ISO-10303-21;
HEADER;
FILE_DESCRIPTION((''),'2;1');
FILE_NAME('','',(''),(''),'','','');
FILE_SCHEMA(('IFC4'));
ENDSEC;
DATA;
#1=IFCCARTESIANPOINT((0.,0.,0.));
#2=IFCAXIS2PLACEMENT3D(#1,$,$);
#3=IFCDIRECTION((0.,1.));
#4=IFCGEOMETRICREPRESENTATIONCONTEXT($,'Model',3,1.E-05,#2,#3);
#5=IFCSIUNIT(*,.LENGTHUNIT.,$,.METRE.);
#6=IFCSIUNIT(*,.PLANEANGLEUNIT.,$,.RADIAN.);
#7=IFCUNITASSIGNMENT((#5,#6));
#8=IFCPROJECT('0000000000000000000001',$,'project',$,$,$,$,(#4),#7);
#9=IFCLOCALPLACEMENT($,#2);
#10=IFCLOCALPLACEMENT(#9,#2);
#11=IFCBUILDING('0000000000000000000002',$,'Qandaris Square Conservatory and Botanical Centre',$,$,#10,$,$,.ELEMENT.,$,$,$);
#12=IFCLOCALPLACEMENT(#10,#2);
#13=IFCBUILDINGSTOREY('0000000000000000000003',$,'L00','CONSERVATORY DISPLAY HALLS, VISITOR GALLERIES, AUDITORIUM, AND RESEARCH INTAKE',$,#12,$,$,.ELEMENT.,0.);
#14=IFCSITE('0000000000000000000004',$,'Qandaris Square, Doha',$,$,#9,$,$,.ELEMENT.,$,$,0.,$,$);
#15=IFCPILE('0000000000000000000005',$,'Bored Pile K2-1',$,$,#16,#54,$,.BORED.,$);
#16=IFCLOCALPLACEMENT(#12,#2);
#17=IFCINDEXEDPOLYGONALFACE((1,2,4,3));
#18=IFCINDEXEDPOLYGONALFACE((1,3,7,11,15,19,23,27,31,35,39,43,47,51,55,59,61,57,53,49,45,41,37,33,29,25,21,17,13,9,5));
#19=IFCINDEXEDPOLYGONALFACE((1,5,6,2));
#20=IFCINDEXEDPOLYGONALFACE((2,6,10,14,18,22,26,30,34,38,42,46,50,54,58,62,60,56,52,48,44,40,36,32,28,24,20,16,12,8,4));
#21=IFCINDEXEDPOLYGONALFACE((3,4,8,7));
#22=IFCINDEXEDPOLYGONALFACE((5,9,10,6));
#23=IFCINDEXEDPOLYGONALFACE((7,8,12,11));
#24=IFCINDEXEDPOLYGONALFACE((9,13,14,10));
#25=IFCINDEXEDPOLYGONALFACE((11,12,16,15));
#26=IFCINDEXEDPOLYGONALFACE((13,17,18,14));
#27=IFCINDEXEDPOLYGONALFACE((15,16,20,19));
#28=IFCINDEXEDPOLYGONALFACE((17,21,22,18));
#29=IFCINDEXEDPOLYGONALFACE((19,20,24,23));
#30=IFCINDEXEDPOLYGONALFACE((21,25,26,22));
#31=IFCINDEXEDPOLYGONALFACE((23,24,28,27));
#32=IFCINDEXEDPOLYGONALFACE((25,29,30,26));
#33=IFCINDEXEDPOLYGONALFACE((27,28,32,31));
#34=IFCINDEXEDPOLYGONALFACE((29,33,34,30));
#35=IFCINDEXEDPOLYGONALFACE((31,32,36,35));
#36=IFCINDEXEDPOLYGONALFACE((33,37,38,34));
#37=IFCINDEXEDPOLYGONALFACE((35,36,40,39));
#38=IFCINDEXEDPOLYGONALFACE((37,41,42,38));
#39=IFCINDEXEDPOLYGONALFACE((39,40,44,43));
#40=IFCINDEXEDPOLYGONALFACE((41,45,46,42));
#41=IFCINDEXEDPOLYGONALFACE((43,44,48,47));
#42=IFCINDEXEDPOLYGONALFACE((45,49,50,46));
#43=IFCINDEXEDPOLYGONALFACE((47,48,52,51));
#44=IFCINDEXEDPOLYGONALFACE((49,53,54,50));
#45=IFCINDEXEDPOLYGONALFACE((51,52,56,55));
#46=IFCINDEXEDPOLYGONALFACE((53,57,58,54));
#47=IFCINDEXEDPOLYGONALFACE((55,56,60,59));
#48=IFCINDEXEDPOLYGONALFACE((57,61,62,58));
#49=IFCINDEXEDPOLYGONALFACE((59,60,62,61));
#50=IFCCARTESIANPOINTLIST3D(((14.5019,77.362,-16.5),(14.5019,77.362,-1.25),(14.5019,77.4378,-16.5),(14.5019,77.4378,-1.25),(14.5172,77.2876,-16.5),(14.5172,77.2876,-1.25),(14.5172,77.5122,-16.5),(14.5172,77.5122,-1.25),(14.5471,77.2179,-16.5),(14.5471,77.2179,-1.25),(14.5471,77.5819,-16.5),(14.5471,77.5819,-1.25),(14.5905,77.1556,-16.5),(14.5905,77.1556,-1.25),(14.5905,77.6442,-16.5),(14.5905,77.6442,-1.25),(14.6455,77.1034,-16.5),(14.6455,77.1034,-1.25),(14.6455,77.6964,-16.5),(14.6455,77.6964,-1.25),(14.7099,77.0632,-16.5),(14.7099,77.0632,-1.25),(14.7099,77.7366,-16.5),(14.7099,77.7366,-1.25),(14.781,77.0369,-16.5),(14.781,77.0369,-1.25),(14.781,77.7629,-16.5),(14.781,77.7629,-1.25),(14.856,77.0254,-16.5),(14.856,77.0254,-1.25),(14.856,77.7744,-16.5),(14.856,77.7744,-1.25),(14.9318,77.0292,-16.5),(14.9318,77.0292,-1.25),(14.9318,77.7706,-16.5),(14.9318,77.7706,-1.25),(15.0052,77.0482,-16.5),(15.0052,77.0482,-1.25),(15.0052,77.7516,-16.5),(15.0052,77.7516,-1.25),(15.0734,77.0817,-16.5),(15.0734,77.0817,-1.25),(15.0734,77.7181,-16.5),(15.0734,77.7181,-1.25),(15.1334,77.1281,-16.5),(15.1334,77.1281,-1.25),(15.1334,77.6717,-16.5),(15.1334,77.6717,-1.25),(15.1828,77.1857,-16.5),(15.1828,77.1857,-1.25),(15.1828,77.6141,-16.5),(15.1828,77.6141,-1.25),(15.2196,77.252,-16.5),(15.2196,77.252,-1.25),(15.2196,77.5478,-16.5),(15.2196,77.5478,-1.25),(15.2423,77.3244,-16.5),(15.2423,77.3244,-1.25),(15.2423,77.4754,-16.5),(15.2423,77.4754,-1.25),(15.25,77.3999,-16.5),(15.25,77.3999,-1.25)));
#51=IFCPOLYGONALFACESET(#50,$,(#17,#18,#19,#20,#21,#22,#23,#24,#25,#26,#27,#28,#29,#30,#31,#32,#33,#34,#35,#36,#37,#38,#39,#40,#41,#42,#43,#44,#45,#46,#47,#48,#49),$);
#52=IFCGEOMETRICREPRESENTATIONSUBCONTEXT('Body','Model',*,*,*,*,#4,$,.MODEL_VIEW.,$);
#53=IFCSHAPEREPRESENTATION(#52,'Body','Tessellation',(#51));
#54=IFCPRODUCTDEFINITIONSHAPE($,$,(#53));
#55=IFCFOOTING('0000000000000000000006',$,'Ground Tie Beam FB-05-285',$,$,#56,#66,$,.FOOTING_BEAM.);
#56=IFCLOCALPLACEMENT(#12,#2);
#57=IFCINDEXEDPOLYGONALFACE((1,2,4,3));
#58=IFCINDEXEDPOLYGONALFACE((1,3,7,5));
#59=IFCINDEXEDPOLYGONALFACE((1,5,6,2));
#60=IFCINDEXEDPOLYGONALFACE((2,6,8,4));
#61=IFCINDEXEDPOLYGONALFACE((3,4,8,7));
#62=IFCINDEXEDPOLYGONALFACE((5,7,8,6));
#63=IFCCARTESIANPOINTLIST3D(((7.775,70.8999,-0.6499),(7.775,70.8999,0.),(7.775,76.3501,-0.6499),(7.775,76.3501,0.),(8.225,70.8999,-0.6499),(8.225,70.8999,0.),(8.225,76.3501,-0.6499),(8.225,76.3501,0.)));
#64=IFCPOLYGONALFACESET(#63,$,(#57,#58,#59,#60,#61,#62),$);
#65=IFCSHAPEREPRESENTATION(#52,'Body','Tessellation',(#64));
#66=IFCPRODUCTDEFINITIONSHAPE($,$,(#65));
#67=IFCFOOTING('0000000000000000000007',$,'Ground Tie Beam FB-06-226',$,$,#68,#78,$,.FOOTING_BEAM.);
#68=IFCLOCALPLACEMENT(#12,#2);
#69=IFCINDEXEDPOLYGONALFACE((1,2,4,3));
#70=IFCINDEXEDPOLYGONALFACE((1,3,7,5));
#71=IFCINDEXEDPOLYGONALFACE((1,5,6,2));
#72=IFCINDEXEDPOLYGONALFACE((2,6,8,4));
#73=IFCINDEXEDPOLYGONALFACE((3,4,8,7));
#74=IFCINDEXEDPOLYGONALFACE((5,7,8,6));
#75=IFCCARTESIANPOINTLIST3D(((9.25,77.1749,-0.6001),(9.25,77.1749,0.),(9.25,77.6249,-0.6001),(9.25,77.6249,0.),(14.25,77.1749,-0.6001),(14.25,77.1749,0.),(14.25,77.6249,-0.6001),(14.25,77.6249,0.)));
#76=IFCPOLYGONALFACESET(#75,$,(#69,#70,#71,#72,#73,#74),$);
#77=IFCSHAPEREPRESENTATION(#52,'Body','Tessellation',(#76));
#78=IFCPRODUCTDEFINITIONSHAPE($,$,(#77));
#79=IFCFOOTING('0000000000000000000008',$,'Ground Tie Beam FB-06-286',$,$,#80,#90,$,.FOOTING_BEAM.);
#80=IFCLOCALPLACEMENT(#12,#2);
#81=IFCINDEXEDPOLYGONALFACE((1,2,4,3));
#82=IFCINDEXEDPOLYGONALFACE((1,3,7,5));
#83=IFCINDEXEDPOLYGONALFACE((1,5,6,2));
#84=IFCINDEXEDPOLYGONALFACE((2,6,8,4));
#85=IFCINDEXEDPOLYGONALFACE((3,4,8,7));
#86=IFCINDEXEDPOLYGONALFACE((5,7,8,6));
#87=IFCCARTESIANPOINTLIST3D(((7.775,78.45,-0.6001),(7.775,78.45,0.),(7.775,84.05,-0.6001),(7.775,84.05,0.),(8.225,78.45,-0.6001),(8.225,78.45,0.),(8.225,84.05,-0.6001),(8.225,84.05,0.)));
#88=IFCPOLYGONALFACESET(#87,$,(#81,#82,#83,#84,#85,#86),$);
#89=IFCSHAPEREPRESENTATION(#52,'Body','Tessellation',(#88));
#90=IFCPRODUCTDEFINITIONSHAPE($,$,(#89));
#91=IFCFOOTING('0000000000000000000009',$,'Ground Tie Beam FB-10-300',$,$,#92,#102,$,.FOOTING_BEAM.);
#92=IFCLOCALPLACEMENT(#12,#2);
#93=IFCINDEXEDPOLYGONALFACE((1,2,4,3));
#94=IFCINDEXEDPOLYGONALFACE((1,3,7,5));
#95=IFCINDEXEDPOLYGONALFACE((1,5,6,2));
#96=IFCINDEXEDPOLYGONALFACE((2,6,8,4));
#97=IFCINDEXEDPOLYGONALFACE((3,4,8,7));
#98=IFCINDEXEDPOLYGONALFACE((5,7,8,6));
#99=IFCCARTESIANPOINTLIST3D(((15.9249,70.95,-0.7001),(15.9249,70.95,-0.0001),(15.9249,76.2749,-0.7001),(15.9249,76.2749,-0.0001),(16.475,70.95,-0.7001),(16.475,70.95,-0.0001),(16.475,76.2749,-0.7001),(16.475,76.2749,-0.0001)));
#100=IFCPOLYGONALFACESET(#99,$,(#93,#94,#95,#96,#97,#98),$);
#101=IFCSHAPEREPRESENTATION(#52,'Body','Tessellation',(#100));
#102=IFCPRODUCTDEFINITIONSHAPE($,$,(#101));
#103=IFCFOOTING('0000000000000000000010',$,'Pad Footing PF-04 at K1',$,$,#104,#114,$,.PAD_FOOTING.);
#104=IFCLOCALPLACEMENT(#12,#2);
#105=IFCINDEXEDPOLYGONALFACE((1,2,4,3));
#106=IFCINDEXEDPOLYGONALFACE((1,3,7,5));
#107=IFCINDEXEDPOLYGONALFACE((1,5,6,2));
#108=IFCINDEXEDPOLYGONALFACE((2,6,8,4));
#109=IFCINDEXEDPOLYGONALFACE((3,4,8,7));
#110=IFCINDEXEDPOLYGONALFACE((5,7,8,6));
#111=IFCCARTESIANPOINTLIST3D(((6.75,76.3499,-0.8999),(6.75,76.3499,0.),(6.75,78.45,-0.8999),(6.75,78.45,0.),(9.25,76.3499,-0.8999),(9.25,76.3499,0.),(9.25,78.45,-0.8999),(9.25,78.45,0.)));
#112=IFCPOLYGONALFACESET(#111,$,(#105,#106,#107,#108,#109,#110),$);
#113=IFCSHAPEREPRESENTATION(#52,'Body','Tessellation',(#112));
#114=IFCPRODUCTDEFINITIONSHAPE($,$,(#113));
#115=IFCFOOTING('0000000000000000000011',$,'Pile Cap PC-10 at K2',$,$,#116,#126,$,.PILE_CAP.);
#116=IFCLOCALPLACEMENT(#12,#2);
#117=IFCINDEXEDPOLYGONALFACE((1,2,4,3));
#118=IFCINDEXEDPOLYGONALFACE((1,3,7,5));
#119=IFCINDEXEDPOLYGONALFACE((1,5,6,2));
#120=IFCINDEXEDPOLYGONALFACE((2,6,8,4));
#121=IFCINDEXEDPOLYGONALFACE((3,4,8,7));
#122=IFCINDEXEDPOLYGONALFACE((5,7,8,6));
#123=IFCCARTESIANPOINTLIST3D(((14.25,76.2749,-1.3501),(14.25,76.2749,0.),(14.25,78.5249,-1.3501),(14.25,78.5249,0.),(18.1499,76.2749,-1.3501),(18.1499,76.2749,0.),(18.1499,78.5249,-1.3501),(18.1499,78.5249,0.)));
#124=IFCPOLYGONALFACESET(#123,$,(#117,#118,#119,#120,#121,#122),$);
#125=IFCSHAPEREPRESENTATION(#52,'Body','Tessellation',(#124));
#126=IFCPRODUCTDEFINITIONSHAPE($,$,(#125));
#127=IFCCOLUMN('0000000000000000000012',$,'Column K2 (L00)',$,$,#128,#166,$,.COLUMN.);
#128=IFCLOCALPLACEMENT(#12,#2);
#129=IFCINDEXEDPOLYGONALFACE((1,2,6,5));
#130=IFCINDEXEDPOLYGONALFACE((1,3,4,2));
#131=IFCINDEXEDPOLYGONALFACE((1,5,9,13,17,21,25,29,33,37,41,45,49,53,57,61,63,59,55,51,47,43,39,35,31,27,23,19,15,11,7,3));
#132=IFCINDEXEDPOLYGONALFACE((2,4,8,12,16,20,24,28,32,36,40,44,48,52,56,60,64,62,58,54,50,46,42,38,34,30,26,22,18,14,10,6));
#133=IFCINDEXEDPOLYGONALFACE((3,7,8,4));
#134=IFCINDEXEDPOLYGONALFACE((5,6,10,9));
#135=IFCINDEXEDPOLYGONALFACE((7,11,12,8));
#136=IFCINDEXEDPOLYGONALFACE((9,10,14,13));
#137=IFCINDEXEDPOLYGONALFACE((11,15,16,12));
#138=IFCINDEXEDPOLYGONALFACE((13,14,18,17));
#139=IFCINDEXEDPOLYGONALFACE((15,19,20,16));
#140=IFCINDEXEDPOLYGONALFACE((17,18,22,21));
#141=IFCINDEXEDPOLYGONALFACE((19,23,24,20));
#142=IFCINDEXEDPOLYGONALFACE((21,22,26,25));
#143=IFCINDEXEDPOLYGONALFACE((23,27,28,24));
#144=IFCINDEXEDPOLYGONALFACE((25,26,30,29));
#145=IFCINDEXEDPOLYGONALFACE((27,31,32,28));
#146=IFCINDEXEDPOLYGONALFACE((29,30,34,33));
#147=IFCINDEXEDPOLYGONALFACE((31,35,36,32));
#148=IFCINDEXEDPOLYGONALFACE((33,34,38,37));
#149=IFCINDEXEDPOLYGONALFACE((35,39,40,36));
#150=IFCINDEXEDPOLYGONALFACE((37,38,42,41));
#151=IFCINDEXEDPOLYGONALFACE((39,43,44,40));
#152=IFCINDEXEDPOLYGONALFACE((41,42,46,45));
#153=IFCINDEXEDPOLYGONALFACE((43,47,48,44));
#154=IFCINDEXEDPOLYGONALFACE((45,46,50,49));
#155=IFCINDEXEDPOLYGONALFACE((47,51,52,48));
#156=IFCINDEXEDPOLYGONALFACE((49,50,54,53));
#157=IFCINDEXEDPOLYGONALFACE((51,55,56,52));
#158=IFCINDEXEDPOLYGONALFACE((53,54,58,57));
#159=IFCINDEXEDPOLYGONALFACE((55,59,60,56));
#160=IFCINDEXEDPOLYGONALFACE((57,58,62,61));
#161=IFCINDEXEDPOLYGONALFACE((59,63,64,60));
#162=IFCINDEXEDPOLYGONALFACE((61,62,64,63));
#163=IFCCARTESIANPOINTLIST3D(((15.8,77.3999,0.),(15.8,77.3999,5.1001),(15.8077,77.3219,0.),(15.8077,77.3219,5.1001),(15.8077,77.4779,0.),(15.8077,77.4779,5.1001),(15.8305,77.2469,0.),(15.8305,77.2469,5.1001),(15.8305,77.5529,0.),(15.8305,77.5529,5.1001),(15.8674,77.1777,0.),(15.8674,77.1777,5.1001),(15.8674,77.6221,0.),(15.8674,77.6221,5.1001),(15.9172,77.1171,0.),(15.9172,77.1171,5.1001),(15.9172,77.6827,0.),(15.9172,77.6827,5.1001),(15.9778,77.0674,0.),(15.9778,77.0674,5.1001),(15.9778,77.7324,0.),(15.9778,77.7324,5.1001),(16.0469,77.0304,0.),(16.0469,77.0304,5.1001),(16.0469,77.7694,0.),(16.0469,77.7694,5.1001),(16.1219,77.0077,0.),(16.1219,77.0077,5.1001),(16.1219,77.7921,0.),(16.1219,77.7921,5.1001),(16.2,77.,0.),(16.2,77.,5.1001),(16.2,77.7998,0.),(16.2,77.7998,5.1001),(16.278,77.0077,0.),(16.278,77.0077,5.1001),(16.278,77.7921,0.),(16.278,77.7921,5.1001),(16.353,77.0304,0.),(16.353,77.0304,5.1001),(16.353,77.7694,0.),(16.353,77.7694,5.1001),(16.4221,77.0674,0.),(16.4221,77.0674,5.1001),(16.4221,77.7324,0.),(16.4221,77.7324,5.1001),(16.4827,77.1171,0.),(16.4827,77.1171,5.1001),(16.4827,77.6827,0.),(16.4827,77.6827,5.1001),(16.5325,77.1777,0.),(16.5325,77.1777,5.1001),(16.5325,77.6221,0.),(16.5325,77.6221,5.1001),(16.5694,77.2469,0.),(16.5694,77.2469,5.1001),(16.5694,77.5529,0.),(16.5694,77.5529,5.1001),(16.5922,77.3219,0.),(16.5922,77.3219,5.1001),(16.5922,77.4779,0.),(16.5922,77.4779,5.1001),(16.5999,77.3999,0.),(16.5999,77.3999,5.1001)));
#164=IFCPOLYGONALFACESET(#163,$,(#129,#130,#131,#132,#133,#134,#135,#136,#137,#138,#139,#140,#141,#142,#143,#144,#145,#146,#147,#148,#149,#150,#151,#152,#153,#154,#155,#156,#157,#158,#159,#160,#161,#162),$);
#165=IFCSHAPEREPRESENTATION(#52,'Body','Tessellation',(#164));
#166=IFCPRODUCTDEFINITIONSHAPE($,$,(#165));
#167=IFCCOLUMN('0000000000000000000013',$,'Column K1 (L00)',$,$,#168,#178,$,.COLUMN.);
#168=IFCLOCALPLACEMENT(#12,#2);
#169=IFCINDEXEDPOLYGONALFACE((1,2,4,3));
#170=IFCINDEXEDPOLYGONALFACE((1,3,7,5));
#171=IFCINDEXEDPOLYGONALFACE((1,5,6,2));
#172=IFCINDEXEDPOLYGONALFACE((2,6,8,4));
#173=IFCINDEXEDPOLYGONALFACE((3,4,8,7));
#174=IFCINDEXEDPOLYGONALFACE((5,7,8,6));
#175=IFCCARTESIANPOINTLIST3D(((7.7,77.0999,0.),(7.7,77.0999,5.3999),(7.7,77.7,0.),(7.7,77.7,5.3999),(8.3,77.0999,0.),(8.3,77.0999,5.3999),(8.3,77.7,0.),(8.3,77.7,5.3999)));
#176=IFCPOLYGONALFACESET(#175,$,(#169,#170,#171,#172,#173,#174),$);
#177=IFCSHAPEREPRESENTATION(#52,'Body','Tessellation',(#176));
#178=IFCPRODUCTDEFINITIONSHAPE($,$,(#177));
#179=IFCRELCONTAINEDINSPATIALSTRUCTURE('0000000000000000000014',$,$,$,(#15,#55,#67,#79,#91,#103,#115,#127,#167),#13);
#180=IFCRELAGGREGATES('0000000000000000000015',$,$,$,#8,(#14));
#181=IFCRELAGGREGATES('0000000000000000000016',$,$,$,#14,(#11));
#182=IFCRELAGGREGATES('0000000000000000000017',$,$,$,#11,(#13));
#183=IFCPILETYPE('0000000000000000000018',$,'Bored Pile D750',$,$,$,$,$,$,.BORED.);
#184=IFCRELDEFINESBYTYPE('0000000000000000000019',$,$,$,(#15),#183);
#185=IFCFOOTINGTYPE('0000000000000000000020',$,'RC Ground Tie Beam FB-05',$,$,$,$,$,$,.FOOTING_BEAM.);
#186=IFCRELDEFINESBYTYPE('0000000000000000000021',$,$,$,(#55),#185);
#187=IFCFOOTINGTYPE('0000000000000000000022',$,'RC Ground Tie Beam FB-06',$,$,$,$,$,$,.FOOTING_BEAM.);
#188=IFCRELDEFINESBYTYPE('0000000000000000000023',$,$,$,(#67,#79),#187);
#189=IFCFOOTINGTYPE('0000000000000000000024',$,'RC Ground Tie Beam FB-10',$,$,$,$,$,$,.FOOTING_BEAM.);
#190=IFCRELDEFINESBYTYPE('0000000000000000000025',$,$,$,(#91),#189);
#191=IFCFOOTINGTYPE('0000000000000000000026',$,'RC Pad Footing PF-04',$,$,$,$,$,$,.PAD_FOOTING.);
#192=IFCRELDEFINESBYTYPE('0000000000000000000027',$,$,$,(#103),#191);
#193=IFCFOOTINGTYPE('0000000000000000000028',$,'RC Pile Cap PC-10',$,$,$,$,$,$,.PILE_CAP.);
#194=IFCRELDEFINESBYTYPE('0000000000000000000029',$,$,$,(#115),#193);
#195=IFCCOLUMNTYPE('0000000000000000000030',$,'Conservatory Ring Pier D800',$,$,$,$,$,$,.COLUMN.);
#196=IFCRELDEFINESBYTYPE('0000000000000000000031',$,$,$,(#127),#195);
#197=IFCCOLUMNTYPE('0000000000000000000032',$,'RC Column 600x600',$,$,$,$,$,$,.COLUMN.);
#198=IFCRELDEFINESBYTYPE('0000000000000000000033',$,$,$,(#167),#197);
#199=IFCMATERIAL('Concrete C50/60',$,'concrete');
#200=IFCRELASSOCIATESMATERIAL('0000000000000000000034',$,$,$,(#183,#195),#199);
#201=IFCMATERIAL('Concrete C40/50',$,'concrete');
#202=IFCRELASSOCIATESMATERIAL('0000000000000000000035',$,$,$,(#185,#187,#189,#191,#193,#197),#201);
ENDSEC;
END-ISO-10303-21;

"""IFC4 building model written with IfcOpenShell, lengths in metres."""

from ifc_helpers import new_model, si_unit, direction, frame, origin, origin_2d, place, context, subcontext, project, spatial, rectangle, circle, extrude, material, material_profile, profile_set, type_object, element, save


model = new_model("IFC4")

# Units and contexts
model_context = context("Model", 3, precision=1e-05, world=origin(), true_north=direction((0.0, 1.0)))
body_context = subcontext(model_context, "Body", "Model", "MODEL_VIEW")
ifc_project = project(units=[si_unit("LENGTHUNIT", "METRE"), si_unit("PLANEANGLEUNIT", "RADIAN")], contexts=[model_context])

# Site, building, storey
site_placement = place(None, origin())
site = spatial("IfcSite", under=ifc_project, at=site_placement, Name="Qandaris Square, Doha", CompositionType="ELEMENT", RefElevation=0.0)
building_placement = place(site_placement, origin())
building = spatial("IfcBuilding", under=site, at=building_placement, Name="Qandaris Square Conservatory and Botanical Centre", CompositionType="ELEMENT")
storey_placement = place(building_placement, origin())
storey = spatial("IfcBuildingStorey", under=building, at=storey_placement, Name="L00", Description="CONSERVATORY DISPLAY HALLS, VISITOR GALLERIES, AUDITORIUM, AND RESEARCH INTAKE", CompositionType="ELEMENT", Elevation=0.0)

# Pile
ifc_material_1 = material(Name="Concrete C50/60", Category="concrete")
ifc_material_profile_1 = material_profile(ifc_material_1, circle(Radius=0.375, at=origin_2d()), Name="PILE D750")
ifc_profile_set_1 = profile_set([ifc_material_profile_1], Name="Concrete C50/60")
pile_type = type_object("IfcPileType", Name="Bored Pile D750", PredefinedType="BORED", material=ifc_profile_set_1)
pile_placement = place(storey_placement, frame((14.875, 77.3999, -1.25), z_axis=(0.0, 0.0, -1.0), x_axis=(1.0, 0.0, 0.0)))
element("IfcPile", 1, at=pile_placement, inside=storey, type_object=pile_type, Name="Bored Pile K2-1", PredefinedType="BORED", context=body_context, shape_type="SweptSolid", body=[
    extrude(circle(Radius=0.375, at=origin_2d()), origin(), (0.0, 0.0, 1.0), 15.25),
])

# Footings
ifc_material_2 = material(Name="Concrete C40/50", Category="concrete")
ifc_material_profile_2 = material_profile(ifc_material_2, rectangle(XDim=0.45, YDim=0.6499, at=origin_2d()), Name="FB 450x650")
ifc_profile_set_2 = profile_set([ifc_material_profile_2], Name="Concrete C40/50")
footing_type_1 = type_object("IfcFootingType", Name="RC Ground Tie Beam FB-05", PredefinedType="FOOTING_BEAM", material=ifc_profile_set_2)
footing_1_placement = place(storey_placement, frame((8.0, 70.8999, -0.325), z_axis=(0.0, 1.0, 0.0), x_axis=(-1.0, 0.0, 0.0)))
element("IfcFooting", 2, at=footing_1_placement, inside=storey, type_object=footing_type_1, Name="Ground Tie Beam FB-05-285", PredefinedType="FOOTING_BEAM", context=body_context, shape_type="SweptSolid", body=[
    extrude(rectangle(XDim=0.45, YDim=0.6499, at=origin_2d()), origin(), (0.0, 0.0, 1.0), 5.4502),
])
ifc_material_profile_3 = material_profile(ifc_material_2, rectangle(XDim=0.45, YDim=0.6001, at=origin_2d()), Name="FB 450x600")
ifc_profile_set_3 = profile_set([ifc_material_profile_3], Name="Concrete C40/50")
footing_type_2 = type_object("IfcFootingType", Name="RC Ground Tie Beam FB-06", PredefinedType="FOOTING_BEAM", material=ifc_profile_set_3)
footing_2_placement = place(storey_placement, frame((9.25, 77.3999, -0.3), z_axis=(1.0, 0.0, 0.0), x_axis=(0.0, 1.0, 0.0)))
element("IfcFooting", 3, at=footing_2_placement, inside=storey, type_object=footing_type_2, Name="Ground Tie Beam FB-06-226", PredefinedType="FOOTING_BEAM", context=body_context, shape_type="SweptSolid", body=[
    extrude(rectangle(XDim=0.45, YDim=0.6001, at=origin_2d()), origin(), (0.0, 0.0, 1.0), 5.0),
])
footing_3_placement = place(storey_placement, frame((8.0, 78.45, -0.3), z_axis=(0.0, 1.0, 0.0), x_axis=(-1.0, 0.0, 0.0)))
element("IfcFooting", 4, at=footing_3_placement, inside=storey, type_object=footing_type_2, Name="Ground Tie Beam FB-06-286", PredefinedType="FOOTING_BEAM", context=body_context, shape_type="SweptSolid", body=[
    extrude(rectangle(XDim=0.45, YDim=0.6001, at=origin_2d()), origin(), (0.0, 0.0, 1.0), 5.6001),
])
ifc_material_profile_4 = material_profile(ifc_material_2, rectangle(XDim=0.55, YDim=0.7, at=origin_2d()), Name="FB 550x700")
ifc_profile_set_4 = profile_set([ifc_material_profile_4], Name="Concrete C40/50")
footing_type_3 = type_object("IfcFootingType", Name="RC Ground Tie Beam FB-10", PredefinedType="FOOTING_BEAM", material=ifc_profile_set_4)
footing_4_placement = place(storey_placement, frame((16.2, 70.95, -0.3501), z_axis=(0.0, 1.0, 0.0), x_axis=(-1.0, 0.0, 0.0)))
element("IfcFooting", 5, at=footing_4_placement, inside=storey, type_object=footing_type_3, Name="Ground Tie Beam FB-10-300", PredefinedType="FOOTING_BEAM", context=body_context, shape_type="SweptSolid", body=[
    extrude(rectangle(XDim=0.55, YDim=0.7, at=origin_2d()), origin(), (0.0, 0.0, 1.0), 5.325),
])
footing_type_4 = type_object("IfcFootingType", Name="RC Pad Footing PF-04", PredefinedType="PAD_FOOTING", material=ifc_material_2)
footing_5_placement = place(storey_placement, frame((8.0, 77.3999, -0.8999), z_axis=(0.0, 0.0, 1.0), x_axis=(1.0, 0.0, 0.0)))
element("IfcFooting", 6, at=footing_5_placement, inside=storey, type_object=footing_type_4, Name="Pad Footing PF-04 at K1", PredefinedType="PAD_FOOTING", context=body_context, shape_type="SweptSolid", body=[
    extrude(rectangle(XDim=2.5, YDim=2.1001, at=origin_2d()), origin(), (0.0, 0.0, 1.0), 0.8999),
])
footing_type_5 = type_object("IfcFootingType", Name="RC Pile Cap PC-10", PredefinedType="PILE_CAP", material=ifc_material_2)
footing_6_placement = place(storey_placement, frame((16.2, 77.3999, -1.3501), z_axis=(0.0, 0.0, 1.0), x_axis=(1.0, 0.0, 0.0)))
element("IfcFooting", 7, at=footing_6_placement, inside=storey, type_object=footing_type_5, Name="Pile Cap PC-10 at K2", PredefinedType="PILE_CAP", context=body_context, shape_type="SweptSolid", body=[
    extrude(rectangle(XDim=3.8999, YDim=2.25, at=origin_2d()), origin(), (0.0, 0.0, 1.0), 1.3501),
])

# Columns
ifc_material_profile_5 = material_profile(ifc_material_1, circle(Radius=0.3999, at=origin_2d()), Name="RC-COL D800")
ifc_profile_set_5 = profile_set([ifc_material_profile_5], Name="Concrete C50/60")
column_type_1 = type_object("IfcColumnType", Name="Conservatory Ring Pier D800", PredefinedType="COLUMN", material=ifc_profile_set_5)
column_1_placement = place(storey_placement, frame((16.2, 77.3999, 0.0), z_axis=(0.0, 0.0, 1.0), x_axis=(1.0, 0.0, 0.0)))
element("IfcColumn", 8, at=column_1_placement, inside=storey, type_object=column_type_1, Name="Column K2 (L00)", PredefinedType="COLUMN", context=body_context, shape_type="SweptSolid", body=[
    extrude(circle(Radius=0.3999, at=origin_2d()), origin(), (0.0, 0.0, 1.0), 5.1001),
])
ifc_material_profile_6 = material_profile(ifc_material_2, rectangle(XDim=0.6001, YDim=0.6001, at=origin_2d()), Name="RC-COL 600x600")
ifc_profile_set_6 = profile_set([ifc_material_profile_6], Name="Concrete C40/50")
column_type_2 = type_object("IfcColumnType", Name="RC Column 600x600", PredefinedType="COLUMN", material=ifc_profile_set_6)
column_2_placement = place(storey_placement, frame((8.0, 77.3999, 0.0), z_axis=(0.0, 0.0, 1.0), x_axis=(1.0, 0.0, 0.0)))
element("IfcColumn", 9, at=column_2_placement, inside=storey, type_object=column_type_2, Name="Column K1 (L00)", PredefinedType="COLUMN", context=body_context, shape_type="SweptSolid", body=[
    extrude(rectangle(XDim=0.6001, YDim=0.6001, at=origin_2d()), origin(), (0.0, 0.0, 1.0), 5.3999),
])

save(model, "model.ifc")
